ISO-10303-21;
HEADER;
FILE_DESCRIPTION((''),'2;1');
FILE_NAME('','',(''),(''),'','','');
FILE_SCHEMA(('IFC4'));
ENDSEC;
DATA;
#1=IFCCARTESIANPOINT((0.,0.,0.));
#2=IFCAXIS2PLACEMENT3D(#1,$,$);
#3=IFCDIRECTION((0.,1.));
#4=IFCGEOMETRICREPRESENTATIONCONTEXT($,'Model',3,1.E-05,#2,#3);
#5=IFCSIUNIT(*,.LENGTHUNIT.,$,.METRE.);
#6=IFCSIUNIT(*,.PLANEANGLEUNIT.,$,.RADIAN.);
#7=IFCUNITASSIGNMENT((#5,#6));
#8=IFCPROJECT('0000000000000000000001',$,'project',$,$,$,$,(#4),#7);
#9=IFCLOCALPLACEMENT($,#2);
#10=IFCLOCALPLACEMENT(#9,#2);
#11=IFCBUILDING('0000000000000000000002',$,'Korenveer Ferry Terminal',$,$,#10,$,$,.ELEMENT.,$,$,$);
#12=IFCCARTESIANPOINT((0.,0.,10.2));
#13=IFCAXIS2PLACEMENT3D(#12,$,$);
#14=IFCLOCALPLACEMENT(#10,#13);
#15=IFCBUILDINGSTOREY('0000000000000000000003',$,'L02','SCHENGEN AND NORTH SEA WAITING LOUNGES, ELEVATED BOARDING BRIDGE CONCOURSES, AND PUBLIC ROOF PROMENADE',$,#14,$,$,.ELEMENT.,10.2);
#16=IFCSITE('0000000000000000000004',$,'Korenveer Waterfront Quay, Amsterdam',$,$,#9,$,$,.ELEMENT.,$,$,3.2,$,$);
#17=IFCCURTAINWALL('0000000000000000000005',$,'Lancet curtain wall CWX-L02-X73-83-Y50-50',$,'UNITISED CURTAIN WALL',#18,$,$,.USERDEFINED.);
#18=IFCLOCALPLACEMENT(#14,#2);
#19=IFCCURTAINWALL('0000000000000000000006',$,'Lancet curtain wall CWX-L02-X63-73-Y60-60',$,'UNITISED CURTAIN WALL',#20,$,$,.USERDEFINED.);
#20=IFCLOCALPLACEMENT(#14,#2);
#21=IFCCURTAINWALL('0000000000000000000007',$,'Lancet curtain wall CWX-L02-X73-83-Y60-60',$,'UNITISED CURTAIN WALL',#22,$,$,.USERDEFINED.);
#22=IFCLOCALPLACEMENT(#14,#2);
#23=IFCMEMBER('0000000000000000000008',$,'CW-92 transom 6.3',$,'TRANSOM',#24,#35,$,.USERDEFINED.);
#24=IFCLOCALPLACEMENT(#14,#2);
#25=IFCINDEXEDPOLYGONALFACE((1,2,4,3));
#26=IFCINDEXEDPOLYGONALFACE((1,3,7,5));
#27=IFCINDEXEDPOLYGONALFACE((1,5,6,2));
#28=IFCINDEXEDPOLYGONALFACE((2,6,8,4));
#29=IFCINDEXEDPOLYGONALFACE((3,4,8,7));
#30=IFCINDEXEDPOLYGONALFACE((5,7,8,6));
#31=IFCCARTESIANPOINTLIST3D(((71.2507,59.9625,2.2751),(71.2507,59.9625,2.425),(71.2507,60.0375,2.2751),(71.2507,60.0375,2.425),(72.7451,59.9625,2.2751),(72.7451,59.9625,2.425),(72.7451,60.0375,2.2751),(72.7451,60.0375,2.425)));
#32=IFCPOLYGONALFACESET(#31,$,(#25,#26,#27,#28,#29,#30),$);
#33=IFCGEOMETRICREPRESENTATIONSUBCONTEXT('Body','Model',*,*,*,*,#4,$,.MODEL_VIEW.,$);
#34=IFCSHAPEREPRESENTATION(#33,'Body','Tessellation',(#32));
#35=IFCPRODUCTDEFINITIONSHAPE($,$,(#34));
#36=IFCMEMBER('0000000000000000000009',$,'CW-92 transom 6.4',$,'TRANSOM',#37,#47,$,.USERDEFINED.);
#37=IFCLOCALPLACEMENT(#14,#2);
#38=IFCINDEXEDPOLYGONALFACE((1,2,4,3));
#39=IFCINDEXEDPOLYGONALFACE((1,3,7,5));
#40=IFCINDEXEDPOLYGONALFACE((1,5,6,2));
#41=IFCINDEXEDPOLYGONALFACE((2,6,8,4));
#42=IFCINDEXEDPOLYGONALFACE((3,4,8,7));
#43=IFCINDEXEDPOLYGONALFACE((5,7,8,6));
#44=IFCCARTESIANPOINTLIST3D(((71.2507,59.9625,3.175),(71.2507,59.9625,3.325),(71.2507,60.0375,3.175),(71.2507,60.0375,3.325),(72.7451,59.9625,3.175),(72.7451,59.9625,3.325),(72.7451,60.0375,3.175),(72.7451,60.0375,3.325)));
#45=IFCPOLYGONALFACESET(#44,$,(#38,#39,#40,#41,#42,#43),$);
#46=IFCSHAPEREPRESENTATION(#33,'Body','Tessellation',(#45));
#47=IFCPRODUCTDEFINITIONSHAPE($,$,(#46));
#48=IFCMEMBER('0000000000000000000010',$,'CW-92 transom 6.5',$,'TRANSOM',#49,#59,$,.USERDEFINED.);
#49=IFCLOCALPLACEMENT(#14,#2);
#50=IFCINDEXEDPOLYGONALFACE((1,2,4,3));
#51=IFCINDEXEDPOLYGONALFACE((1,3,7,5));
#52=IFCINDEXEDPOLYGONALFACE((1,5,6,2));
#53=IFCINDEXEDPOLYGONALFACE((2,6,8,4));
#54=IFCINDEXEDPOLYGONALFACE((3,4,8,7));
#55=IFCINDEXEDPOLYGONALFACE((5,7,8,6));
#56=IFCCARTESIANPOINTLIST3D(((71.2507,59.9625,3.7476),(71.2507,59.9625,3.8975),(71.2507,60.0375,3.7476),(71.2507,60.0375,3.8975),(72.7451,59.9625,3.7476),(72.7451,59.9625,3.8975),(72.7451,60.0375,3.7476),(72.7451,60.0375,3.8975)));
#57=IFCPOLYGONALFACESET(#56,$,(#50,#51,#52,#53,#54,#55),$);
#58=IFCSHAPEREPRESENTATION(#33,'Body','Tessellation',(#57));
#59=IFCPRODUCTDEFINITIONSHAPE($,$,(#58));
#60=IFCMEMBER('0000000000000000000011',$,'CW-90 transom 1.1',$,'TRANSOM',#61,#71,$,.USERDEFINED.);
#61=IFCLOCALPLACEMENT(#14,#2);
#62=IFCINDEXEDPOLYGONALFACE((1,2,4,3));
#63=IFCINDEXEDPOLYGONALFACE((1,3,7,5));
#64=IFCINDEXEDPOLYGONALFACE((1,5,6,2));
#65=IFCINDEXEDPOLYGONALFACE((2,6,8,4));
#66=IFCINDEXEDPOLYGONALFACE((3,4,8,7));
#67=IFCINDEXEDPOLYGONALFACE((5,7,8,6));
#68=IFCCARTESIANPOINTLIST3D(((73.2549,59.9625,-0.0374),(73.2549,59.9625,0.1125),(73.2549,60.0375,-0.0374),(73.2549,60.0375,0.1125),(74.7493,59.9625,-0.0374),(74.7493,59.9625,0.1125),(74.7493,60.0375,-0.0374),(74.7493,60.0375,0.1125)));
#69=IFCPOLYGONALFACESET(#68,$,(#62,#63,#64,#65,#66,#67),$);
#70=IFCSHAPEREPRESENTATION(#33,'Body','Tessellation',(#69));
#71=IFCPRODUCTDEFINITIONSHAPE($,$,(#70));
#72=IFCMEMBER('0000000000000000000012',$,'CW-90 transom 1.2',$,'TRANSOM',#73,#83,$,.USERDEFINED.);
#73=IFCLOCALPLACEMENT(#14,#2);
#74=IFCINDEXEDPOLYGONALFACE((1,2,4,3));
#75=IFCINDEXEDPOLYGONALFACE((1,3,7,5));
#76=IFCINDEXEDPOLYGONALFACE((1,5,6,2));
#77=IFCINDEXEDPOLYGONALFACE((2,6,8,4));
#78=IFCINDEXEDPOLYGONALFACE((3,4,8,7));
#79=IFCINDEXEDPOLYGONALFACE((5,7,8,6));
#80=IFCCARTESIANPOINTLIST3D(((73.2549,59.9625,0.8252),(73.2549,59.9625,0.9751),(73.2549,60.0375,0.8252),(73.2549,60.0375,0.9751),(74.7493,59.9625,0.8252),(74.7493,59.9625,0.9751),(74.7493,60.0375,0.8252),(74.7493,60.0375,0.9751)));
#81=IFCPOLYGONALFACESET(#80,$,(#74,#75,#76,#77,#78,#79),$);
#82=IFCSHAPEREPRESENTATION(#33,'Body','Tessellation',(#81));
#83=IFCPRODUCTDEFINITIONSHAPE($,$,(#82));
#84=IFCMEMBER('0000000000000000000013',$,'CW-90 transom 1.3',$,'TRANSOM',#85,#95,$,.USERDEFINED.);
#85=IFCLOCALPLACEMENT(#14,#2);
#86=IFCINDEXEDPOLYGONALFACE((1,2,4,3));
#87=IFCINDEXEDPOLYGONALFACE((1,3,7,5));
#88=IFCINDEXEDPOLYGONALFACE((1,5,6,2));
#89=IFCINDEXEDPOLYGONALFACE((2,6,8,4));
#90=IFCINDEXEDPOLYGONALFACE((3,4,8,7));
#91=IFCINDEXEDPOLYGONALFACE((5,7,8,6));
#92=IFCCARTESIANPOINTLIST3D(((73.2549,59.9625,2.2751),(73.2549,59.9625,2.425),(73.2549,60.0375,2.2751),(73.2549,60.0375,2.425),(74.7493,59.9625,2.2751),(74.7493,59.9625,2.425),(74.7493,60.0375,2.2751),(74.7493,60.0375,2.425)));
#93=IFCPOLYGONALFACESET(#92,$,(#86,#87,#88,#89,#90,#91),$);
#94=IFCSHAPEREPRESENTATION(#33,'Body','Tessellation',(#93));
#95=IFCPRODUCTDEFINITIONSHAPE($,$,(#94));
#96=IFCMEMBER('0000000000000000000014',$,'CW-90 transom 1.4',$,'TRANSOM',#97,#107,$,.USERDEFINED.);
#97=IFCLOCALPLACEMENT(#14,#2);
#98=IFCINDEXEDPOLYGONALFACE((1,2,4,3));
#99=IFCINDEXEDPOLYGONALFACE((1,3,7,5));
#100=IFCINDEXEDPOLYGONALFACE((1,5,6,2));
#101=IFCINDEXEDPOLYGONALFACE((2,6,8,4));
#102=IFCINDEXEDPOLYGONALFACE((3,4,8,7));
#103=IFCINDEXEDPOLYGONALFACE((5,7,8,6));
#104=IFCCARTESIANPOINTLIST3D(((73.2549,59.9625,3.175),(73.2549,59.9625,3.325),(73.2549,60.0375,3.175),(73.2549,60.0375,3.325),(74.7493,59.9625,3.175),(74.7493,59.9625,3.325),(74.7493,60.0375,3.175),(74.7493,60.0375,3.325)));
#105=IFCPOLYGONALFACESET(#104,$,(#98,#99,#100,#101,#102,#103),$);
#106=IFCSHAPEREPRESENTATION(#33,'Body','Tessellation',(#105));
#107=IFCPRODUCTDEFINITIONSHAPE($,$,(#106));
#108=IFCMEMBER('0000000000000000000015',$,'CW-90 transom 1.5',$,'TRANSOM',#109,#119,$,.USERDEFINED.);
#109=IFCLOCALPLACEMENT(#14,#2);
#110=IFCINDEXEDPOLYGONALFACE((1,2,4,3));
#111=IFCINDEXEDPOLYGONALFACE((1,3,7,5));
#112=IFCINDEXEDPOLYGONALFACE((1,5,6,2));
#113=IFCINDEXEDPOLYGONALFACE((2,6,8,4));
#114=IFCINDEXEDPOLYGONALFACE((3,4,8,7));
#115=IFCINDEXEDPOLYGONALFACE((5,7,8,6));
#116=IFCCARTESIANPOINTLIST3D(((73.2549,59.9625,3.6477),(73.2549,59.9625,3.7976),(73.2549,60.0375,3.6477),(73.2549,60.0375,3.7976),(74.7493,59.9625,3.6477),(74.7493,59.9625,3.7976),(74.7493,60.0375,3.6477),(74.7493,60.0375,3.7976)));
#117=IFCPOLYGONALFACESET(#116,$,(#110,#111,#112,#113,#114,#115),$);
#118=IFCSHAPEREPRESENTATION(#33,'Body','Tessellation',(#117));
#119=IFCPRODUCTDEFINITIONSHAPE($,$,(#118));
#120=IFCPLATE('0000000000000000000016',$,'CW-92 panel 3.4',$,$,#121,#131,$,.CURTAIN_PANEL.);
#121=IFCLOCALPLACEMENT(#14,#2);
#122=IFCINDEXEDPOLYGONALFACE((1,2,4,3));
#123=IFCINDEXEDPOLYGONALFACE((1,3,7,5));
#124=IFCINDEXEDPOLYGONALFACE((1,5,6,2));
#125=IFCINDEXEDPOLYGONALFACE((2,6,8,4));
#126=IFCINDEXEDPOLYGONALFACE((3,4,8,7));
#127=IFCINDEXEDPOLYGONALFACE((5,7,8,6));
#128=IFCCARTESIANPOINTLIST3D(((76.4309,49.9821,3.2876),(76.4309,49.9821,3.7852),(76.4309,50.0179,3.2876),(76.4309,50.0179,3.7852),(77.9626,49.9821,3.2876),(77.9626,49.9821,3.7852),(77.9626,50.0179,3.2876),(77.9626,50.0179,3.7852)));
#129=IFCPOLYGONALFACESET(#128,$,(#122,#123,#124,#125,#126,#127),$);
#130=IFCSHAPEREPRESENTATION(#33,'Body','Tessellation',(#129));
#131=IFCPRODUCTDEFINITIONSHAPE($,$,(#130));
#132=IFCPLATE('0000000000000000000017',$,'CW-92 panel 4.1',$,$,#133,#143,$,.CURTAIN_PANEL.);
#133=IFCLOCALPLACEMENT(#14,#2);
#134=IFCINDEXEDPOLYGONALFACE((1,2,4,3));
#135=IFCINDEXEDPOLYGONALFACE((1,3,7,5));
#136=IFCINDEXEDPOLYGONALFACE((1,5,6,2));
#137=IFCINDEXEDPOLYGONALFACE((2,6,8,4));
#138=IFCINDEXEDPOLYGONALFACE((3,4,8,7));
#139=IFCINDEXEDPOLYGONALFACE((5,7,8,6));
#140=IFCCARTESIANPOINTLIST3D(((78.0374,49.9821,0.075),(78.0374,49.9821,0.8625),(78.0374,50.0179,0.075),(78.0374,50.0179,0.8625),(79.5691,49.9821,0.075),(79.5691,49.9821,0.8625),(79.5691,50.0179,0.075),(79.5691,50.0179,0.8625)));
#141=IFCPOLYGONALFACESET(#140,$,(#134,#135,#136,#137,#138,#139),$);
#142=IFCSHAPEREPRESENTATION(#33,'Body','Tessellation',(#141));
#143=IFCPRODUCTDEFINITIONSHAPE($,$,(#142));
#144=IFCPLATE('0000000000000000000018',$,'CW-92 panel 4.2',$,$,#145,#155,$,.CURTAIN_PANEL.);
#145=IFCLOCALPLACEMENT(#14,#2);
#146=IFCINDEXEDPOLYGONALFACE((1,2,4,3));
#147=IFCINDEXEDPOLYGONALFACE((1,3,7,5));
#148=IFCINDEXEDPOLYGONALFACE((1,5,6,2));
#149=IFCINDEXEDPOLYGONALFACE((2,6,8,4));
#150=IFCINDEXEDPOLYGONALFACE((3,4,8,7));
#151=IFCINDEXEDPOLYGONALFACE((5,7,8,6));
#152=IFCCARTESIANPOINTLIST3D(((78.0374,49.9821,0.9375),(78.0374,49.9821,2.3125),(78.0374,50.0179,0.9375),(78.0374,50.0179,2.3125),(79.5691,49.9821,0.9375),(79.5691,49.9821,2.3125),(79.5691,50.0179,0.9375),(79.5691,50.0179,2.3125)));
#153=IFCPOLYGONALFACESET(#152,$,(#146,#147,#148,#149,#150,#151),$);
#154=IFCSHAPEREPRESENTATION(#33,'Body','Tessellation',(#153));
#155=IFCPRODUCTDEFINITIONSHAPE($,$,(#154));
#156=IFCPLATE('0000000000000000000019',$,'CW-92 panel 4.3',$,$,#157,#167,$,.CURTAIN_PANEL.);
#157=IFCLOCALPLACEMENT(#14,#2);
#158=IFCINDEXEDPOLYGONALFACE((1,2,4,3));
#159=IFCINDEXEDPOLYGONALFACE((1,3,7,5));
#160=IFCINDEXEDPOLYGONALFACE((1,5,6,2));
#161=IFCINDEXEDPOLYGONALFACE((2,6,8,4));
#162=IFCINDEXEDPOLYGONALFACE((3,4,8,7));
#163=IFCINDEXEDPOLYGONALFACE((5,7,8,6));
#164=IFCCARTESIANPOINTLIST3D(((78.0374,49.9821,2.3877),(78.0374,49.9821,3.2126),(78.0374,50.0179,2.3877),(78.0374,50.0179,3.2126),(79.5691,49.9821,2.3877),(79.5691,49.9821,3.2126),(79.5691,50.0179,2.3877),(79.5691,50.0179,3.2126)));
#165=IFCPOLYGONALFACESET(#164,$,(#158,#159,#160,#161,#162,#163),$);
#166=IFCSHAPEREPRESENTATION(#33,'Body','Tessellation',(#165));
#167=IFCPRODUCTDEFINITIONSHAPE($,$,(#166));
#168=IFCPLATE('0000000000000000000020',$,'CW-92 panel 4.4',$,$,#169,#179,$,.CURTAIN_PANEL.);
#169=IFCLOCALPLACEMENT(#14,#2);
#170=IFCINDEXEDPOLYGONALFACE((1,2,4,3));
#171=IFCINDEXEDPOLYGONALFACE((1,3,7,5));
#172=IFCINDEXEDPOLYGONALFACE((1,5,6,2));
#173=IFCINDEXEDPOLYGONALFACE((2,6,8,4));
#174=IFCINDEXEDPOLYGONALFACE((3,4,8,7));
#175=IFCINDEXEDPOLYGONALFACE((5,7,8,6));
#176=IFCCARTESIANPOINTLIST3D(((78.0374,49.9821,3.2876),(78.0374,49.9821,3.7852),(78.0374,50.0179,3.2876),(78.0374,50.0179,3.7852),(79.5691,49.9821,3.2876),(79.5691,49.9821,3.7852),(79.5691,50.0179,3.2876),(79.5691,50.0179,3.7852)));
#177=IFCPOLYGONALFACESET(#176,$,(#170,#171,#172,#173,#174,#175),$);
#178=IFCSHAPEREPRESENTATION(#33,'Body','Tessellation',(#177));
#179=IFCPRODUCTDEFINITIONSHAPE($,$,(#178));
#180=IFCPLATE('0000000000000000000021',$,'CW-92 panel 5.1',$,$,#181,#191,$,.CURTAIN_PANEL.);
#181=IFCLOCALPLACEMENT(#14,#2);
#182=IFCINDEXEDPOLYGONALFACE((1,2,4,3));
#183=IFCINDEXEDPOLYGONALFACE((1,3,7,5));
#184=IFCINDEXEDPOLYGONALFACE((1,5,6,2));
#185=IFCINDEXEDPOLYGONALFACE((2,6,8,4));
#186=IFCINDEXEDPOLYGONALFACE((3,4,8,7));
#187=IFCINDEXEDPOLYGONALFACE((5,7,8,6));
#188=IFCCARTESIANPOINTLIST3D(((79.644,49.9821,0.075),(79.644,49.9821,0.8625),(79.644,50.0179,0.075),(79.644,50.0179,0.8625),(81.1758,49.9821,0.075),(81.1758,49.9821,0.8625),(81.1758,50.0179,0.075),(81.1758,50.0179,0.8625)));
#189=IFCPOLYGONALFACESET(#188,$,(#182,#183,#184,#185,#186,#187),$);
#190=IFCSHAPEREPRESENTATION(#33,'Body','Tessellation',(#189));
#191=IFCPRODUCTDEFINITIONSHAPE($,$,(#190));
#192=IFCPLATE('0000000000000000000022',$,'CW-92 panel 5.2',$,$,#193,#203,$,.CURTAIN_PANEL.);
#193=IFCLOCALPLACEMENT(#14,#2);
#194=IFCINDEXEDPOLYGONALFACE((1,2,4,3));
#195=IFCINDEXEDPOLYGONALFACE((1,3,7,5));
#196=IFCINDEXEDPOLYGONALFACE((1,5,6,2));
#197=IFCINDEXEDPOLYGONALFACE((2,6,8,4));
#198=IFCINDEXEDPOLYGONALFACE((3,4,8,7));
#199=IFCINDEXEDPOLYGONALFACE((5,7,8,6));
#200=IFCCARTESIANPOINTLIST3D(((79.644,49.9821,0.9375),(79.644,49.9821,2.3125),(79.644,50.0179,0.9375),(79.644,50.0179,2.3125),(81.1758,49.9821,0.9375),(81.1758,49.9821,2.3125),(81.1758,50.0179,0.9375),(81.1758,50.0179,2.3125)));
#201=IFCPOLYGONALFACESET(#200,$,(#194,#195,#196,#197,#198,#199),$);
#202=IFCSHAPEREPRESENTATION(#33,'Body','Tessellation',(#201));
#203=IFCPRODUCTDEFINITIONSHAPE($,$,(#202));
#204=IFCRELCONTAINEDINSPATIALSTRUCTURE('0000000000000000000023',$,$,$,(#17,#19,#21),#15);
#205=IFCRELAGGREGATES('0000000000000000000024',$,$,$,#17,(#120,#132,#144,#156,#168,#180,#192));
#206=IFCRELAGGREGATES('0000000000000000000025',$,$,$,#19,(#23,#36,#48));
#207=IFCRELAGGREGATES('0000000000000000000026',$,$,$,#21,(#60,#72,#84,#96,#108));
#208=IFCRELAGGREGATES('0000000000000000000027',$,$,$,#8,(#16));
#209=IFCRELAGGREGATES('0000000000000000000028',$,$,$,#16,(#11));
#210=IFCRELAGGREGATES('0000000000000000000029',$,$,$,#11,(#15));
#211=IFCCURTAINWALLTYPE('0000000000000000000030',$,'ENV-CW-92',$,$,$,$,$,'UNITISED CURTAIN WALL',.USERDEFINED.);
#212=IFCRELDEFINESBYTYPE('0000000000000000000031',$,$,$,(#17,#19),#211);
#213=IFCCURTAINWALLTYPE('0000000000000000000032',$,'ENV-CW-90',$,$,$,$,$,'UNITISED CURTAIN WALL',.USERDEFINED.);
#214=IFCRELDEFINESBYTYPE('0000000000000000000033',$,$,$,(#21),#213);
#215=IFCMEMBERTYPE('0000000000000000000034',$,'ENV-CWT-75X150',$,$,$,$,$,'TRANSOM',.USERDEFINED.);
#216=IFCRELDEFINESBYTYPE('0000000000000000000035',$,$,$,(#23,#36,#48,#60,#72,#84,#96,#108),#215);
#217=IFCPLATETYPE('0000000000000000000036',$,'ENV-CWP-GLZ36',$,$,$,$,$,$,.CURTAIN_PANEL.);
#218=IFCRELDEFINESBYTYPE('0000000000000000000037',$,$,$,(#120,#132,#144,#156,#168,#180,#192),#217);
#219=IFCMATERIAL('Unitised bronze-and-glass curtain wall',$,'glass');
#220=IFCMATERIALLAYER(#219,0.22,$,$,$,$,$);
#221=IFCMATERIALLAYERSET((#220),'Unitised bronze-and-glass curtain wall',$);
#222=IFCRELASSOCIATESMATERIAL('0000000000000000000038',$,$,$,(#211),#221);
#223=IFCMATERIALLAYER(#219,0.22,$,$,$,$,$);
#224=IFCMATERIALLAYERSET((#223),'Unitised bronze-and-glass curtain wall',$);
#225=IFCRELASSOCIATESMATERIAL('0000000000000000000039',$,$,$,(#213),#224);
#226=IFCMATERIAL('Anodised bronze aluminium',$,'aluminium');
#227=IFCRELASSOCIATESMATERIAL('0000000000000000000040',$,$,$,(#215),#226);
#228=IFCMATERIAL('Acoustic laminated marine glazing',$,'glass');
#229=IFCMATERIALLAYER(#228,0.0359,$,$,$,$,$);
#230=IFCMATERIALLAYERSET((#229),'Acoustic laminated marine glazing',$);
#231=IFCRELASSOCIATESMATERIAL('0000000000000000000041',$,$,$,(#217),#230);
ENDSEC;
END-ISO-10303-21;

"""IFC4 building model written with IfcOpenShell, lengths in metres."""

from ifc_helpers import new_model, si_unit, direction, frame, origin, origin_2d, place, context, subcontext, project, spatial, rectangle, extrude, material, layer, layer_set, material_profile, profile_set, type_object, element, aggregate, save


model = new_model("IFC4")

# Units and contexts
model_context = context("Model", 3, precision=1e-05, world=origin(), true_north=direction((0.0, 1.0)))
body_context = subcontext(model_context, "Body", "Model", "MODEL_VIEW")
ifc_project = project(units=[si_unit("LENGTHUNIT", "METRE"), si_unit("PLANEANGLEUNIT", "RADIAN")], contexts=[model_context])

# Site, building, storey
site_placement = place(None, origin())
site = spatial("IfcSite", under=ifc_project, at=site_placement, Name="Korenveer Waterfront Quay, Amsterdam", CompositionType="ELEMENT", RefElevation=3.2)
building_placement = place(site_placement, origin())
building = spatial("IfcBuilding", under=site, at=building_placement, Name="Korenveer Ferry Terminal", CompositionType="ELEMENT")
storey_placement = place(building_placement, frame((0.0, 0.0, 10.2)))
storey = spatial("IfcBuildingStorey", under=building, at=storey_placement, Name="L02", Description="SCHENGEN AND NORTH SEA WAITING LOUNGES, ELEVATED BOARDING BRIDGE CONCOURSES, AND PUBLIC ROOF PROMENADE", CompositionType="ELEMENT", Elevation=10.2)

# Curtain wall
ifc_material_1 = material(Name="Unitised bronze-and-glass curtain wall", Category="glass")
ifc_layer_1 = layer(ifc_material_1, 0.22)
ifc_layer_set_1 = layer_set([ifc_layer_1], Name="Unitised bronze-and-glass curtain wall")
curtain_wall_type_1 = type_object("IfcCurtainWallType", Name="ENV-CW-92", ElementType="UNITISED CURTAIN WALL", PredefinedType="USERDEFINED", material=ifc_layer_set_1)
curtain_wall_1_placement = place(storey_placement, frame((73.1799, 50.0, 0.0)))
curtain_wall_1 = element("IfcCurtainWall", 1, at=curtain_wall_1_placement, inside=storey, type_object=curtain_wall_type_1, Name="Lancet curtain wall CWX-L02-X73-83-Y50-50", ObjectType="UNITISED CURTAIN WALL", PredefinedType="USERDEFINED")
ifc_material_2 = material(Name="Anodised bronze aluminium", Category="aluminium")

# Curtain walls
curtain_wall_2_placement = place(storey_placement, frame((63.1799, 60.0, 0.0)))
curtain_wall_2 = element("IfcCurtainWall", 2, at=curtain_wall_2_placement, inside=storey, type_object=curtain_wall_type_1, Name="Lancet curtain wall CWX-L02-X63-73-Y60-60", ObjectType="UNITISED CURTAIN WALL", PredefinedType="USERDEFINED")
ifc_layer_2 = layer(ifc_material_1, 0.22)
ifc_layer_set_2 = layer_set([ifc_layer_2], Name="Unitised bronze-and-glass curtain wall")
curtain_wall_type_2 = type_object("IfcCurtainWallType", Name="ENV-CW-90", ElementType="UNITISED CURTAIN WALL", PredefinedType="USERDEFINED", material=ifc_layer_set_2)
curtain_wall_3_placement = place(storey_placement, frame((73.1799, 60.0, 0.0)))
curtain_wall_3 = element("IfcCurtainWall", 3, at=curtain_wall_3_placement, inside=storey, type_object=curtain_wall_type_2, Name="Lancet curtain wall CWX-L02-X73-83-Y60-60", ObjectType="UNITISED CURTAIN WALL", PredefinedType="USERDEFINED")

# Members
ifc_material_profile_1 = material_profile(ifc_material_2, rectangle(XDim=0.075, YDim=0.1499, at=origin_2d()), Name="ALU 75x150")
ifc_profile_set_1 = profile_set([ifc_material_profile_1], Name="Anodised bronze aluminium")
member_type_1 = type_object("IfcMemberType", Name="ENV-CWT-75X150", ElementType="TRANSOM", PredefinedType="USERDEFINED", material=ifc_profile_set_1)
member_1_placement = place(storey_placement, frame((71.2507, 60.0, 2.3501), z_axis=(1.0, 0.0, 0.0), x_axis=(0.0, 1.0, 0.0)))
member_1 = element("IfcMember", 4, at=member_1_placement, type_object=member_type_1, Name="CW-92 transom 6.3", ObjectType="TRANSOM", PredefinedType="USERDEFINED", context=body_context, shape_type="SweptSolid", body=[
    extrude(rectangle(XDim=0.075, YDim=0.1499, at=origin_2d()), origin(), (0.0, 0.0, 1.0), 1.4944),
])
member_2_placement = place(storey_placement, frame((71.2507, 60.0, 3.25), z_axis=(1.0, 0.0, 0.0), x_axis=(0.0, 1.0, 0.0)))
member_2 = element("IfcMember", 5, at=member_2_placement, type_object=member_type_1, Name="CW-92 transom 6.4", ObjectType="TRANSOM", PredefinedType="USERDEFINED", context=body_context, shape_type="SweptSolid", body=[
    extrude(rectangle(XDim=0.075, YDim=0.1499, at=origin_2d()), origin(), (0.0, 0.0, 1.0), 1.4944),
])
member_3_placement = place(storey_placement, frame((71.2507, 60.0, 3.8225), z_axis=(1.0, 0.0, 0.0), x_axis=(0.0, 1.0, 0.0)))
member_3 = element("IfcMember", 6, at=member_3_placement, type_object=member_type_1, Name="CW-92 transom 6.5", ObjectType="TRANSOM", PredefinedType="USERDEFINED", context=body_context, shape_type="SweptSolid", body=[
    extrude(rectangle(XDim=0.075, YDim=0.1499, at=origin_2d()), origin(), (0.0, 0.0, 1.0), 1.4944),
])
member_4_placement = place(storey_placement, frame((73.2549, 60.0, 0.0376), z_axis=(1.0, 0.0, 0.0), x_axis=(0.0, 1.0, 0.0)))
member_4 = element("IfcMember", 7, at=member_4_placement, type_object=member_type_1, Name="CW-90 transom 1.1", ObjectType="TRANSOM", PredefinedType="USERDEFINED", context=body_context, shape_type="SweptSolid", body=[
    extrude(rectangle(XDim=0.075, YDim=0.1499, at=origin_2d()), origin(), (0.0, 0.0, 1.0), 1.4944),
])
member_5_placement = place(storey_placement, frame((73.2549, 60.0, 0.9001), z_axis=(1.0, 0.0, 0.0), x_axis=(0.0, 1.0, 0.0)))
member_5 = element("IfcMember", 8, at=member_5_placement, type_object=member_type_1, Name="CW-90 transom 1.2", ObjectType="TRANSOM", PredefinedType="USERDEFINED", context=body_context, shape_type="SweptSolid", body=[
    extrude(rectangle(XDim=0.075, YDim=0.1499, at=origin_2d()), origin(), (0.0, 0.0, 1.0), 1.4944),
])
member_6_placement = place(storey_placement, frame((73.2549, 60.0, 2.3501), z_axis=(1.0, 0.0, 0.0), x_axis=(0.0, 1.0, 0.0)))
member_6 = element("IfcMember", 9, at=member_6_placement, type_object=member_type_1, Name="CW-90 transom 1.3", ObjectType="TRANSOM", PredefinedType="USERDEFINED", context=body_context, shape_type="SweptSolid", body=[
    extrude(rectangle(XDim=0.075, YDim=0.1499, at=origin_2d()), origin(), (0.0, 0.0, 1.0), 1.4944),
])
member_7_placement = place(storey_placement, frame((73.2549, 60.0, 3.25), z_axis=(1.0, 0.0, 0.0), x_axis=(0.0, 1.0, 0.0)))
member_7 = element("IfcMember", 10, at=member_7_placement, type_object=member_type_1, Name="CW-90 transom 1.4", ObjectType="TRANSOM", PredefinedType="USERDEFINED", context=body_context, shape_type="SweptSolid", body=[
    extrude(rectangle(XDim=0.075, YDim=0.1499, at=origin_2d()), origin(), (0.0, 0.0, 1.0), 1.4944),
])
member_8_placement = place(storey_placement, frame((73.2549, 60.0, 3.7227), z_axis=(1.0, 0.0, 0.0), x_axis=(0.0, 1.0, 0.0)))
member_8 = element("IfcMember", 11, at=member_8_placement, type_object=member_type_1, Name="CW-90 transom 1.5", ObjectType="TRANSOM", PredefinedType="USERDEFINED", context=body_context, shape_type="SweptSolid", body=[
    extrude(rectangle(XDim=0.075, YDim=0.1499, at=origin_2d()), origin(), (0.0, 0.0, 1.0), 1.4944),
])

# Plates
ifc_material_3 = material(Name="Acoustic laminated marine glazing", Category="glass")
ifc_layer_3 = layer(ifc_material_3, 0.0359)
ifc_layer_set_3 = layer_set([ifc_layer_3], Name="Acoustic laminated marine glazing")
plate_type = type_object("IfcPlateType", Name="ENV-CWP-GLZ36", PredefinedType="CURTAIN_PANEL", material=ifc_layer_set_3)
plate_1_placement = place(storey_placement, frame((77.1968, 50.0, 3.2876), z_axis=(0.0, 0.0, 1.0), x_axis=(1.0, 0.0, 0.0)))
plate_1 = element("IfcPlate", 12, at=plate_1_placement, type_object=plate_type, Name="CW-92 panel 3.4", PredefinedType="CURTAIN_PANEL", context=body_context, shape_type="SweptSolid", body=[
    extrude(rectangle(XDim=1.5317, YDim=0.0359, at=origin_2d()), origin(), (0.0, 0.0, 1.0), 0.4976),
])
plate_2_placement = place(storey_placement, frame((78.8032, 50.0, 0.075), z_axis=(0.0, 0.0, 1.0), x_axis=(1.0, 0.0, 0.0)))
plate_2 = element("IfcPlate", 13, at=plate_2_placement, type_object=plate_type, Name="CW-92 panel 4.1", PredefinedType="CURTAIN_PANEL", context=body_context, shape_type="SweptSolid", body=[
    extrude(rectangle(XDim=1.5317, YDim=0.0359, at=origin_2d()), origin(), (0.0, 0.0, 1.0), 0.7876),
])
plate_3_placement = place(storey_placement, frame((78.8032, 50.0, 0.9375), z_axis=(0.0, 0.0, 1.0), x_axis=(1.0, 0.0, 0.0)))
plate_3 = element("IfcPlate", 14, at=plate_3_placement, type_object=plate_type, Name="CW-92 panel 4.2", PredefinedType="CURTAIN_PANEL", context=body_context, shape_type="SweptSolid", body=[
    extrude(rectangle(XDim=1.5317, YDim=0.0359, at=origin_2d()), origin(), (0.0, 0.0, 1.0), 1.375),
])
plate_4_placement = place(storey_placement, frame((78.8032, 50.0, 2.3877), z_axis=(0.0, 0.0, 1.0), x_axis=(1.0, 0.0, 0.0)))
plate_4 = element("IfcPlate", 15, at=plate_4_placement, type_object=plate_type, Name="CW-92 panel 4.3", PredefinedType="CURTAIN_PANEL", context=body_context, shape_type="SweptSolid", body=[
    extrude(rectangle(XDim=1.5317, YDim=0.0359, at=origin_2d()), origin(), (0.0, 0.0, 1.0), 0.825),
])
plate_5_placement = place(storey_placement, frame((78.8032, 50.0, 3.2876), z_axis=(0.0, 0.0, 1.0), x_axis=(1.0, 0.0, 0.0)))
plate_5 = element("IfcPlate", 16, at=plate_5_placement, type_object=plate_type, Name="CW-92 panel 4.4", PredefinedType="CURTAIN_PANEL", context=body_context, shape_type="SweptSolid", body=[
    extrude(rectangle(XDim=1.5317, YDim=0.0359, at=origin_2d()), origin(), (0.0, 0.0, 1.0), 0.4976),
])
plate_6_placement = place(storey_placement, frame((80.4099, 50.0, 0.075), z_axis=(0.0, 0.0, 1.0), x_axis=(1.0, 0.0, 0.0)))
plate_6 = element("IfcPlate", 17, at=plate_6_placement, type_object=plate_type, Name="CW-92 panel 5.1", PredefinedType="CURTAIN_PANEL", context=body_context, shape_type="SweptSolid", body=[
    extrude(rectangle(XDim=1.5317, YDim=0.0359, at=origin_2d()), origin(), (0.0, 0.0, 1.0), 0.7876),
])
plate_7_placement = place(storey_placement, frame((80.4099, 50.0, 0.9375), z_axis=(0.0, 0.0, 1.0), x_axis=(1.0, 0.0, 0.0)))
plate_7 = element("IfcPlate", 18, at=plate_7_placement, type_object=plate_type, Name="CW-92 panel 5.2", PredefinedType="CURTAIN_PANEL", context=body_context, shape_type="SweptSolid", body=[
    extrude(rectangle(XDim=1.5317, YDim=0.0359, at=origin_2d()), origin(), (0.0, 0.0, 1.0), 1.375),
])
aggregate(curtain_wall_1, [plate_1, plate_2, plate_3, plate_4, plate_5, plate_6, plate_7])
aggregate(curtain_wall_2, [member_1, member_2, member_3])
aggregate(curtain_wall_3, [member_4, member_5, member_6, member_7, member_8])

save(model, "model.ifc")
